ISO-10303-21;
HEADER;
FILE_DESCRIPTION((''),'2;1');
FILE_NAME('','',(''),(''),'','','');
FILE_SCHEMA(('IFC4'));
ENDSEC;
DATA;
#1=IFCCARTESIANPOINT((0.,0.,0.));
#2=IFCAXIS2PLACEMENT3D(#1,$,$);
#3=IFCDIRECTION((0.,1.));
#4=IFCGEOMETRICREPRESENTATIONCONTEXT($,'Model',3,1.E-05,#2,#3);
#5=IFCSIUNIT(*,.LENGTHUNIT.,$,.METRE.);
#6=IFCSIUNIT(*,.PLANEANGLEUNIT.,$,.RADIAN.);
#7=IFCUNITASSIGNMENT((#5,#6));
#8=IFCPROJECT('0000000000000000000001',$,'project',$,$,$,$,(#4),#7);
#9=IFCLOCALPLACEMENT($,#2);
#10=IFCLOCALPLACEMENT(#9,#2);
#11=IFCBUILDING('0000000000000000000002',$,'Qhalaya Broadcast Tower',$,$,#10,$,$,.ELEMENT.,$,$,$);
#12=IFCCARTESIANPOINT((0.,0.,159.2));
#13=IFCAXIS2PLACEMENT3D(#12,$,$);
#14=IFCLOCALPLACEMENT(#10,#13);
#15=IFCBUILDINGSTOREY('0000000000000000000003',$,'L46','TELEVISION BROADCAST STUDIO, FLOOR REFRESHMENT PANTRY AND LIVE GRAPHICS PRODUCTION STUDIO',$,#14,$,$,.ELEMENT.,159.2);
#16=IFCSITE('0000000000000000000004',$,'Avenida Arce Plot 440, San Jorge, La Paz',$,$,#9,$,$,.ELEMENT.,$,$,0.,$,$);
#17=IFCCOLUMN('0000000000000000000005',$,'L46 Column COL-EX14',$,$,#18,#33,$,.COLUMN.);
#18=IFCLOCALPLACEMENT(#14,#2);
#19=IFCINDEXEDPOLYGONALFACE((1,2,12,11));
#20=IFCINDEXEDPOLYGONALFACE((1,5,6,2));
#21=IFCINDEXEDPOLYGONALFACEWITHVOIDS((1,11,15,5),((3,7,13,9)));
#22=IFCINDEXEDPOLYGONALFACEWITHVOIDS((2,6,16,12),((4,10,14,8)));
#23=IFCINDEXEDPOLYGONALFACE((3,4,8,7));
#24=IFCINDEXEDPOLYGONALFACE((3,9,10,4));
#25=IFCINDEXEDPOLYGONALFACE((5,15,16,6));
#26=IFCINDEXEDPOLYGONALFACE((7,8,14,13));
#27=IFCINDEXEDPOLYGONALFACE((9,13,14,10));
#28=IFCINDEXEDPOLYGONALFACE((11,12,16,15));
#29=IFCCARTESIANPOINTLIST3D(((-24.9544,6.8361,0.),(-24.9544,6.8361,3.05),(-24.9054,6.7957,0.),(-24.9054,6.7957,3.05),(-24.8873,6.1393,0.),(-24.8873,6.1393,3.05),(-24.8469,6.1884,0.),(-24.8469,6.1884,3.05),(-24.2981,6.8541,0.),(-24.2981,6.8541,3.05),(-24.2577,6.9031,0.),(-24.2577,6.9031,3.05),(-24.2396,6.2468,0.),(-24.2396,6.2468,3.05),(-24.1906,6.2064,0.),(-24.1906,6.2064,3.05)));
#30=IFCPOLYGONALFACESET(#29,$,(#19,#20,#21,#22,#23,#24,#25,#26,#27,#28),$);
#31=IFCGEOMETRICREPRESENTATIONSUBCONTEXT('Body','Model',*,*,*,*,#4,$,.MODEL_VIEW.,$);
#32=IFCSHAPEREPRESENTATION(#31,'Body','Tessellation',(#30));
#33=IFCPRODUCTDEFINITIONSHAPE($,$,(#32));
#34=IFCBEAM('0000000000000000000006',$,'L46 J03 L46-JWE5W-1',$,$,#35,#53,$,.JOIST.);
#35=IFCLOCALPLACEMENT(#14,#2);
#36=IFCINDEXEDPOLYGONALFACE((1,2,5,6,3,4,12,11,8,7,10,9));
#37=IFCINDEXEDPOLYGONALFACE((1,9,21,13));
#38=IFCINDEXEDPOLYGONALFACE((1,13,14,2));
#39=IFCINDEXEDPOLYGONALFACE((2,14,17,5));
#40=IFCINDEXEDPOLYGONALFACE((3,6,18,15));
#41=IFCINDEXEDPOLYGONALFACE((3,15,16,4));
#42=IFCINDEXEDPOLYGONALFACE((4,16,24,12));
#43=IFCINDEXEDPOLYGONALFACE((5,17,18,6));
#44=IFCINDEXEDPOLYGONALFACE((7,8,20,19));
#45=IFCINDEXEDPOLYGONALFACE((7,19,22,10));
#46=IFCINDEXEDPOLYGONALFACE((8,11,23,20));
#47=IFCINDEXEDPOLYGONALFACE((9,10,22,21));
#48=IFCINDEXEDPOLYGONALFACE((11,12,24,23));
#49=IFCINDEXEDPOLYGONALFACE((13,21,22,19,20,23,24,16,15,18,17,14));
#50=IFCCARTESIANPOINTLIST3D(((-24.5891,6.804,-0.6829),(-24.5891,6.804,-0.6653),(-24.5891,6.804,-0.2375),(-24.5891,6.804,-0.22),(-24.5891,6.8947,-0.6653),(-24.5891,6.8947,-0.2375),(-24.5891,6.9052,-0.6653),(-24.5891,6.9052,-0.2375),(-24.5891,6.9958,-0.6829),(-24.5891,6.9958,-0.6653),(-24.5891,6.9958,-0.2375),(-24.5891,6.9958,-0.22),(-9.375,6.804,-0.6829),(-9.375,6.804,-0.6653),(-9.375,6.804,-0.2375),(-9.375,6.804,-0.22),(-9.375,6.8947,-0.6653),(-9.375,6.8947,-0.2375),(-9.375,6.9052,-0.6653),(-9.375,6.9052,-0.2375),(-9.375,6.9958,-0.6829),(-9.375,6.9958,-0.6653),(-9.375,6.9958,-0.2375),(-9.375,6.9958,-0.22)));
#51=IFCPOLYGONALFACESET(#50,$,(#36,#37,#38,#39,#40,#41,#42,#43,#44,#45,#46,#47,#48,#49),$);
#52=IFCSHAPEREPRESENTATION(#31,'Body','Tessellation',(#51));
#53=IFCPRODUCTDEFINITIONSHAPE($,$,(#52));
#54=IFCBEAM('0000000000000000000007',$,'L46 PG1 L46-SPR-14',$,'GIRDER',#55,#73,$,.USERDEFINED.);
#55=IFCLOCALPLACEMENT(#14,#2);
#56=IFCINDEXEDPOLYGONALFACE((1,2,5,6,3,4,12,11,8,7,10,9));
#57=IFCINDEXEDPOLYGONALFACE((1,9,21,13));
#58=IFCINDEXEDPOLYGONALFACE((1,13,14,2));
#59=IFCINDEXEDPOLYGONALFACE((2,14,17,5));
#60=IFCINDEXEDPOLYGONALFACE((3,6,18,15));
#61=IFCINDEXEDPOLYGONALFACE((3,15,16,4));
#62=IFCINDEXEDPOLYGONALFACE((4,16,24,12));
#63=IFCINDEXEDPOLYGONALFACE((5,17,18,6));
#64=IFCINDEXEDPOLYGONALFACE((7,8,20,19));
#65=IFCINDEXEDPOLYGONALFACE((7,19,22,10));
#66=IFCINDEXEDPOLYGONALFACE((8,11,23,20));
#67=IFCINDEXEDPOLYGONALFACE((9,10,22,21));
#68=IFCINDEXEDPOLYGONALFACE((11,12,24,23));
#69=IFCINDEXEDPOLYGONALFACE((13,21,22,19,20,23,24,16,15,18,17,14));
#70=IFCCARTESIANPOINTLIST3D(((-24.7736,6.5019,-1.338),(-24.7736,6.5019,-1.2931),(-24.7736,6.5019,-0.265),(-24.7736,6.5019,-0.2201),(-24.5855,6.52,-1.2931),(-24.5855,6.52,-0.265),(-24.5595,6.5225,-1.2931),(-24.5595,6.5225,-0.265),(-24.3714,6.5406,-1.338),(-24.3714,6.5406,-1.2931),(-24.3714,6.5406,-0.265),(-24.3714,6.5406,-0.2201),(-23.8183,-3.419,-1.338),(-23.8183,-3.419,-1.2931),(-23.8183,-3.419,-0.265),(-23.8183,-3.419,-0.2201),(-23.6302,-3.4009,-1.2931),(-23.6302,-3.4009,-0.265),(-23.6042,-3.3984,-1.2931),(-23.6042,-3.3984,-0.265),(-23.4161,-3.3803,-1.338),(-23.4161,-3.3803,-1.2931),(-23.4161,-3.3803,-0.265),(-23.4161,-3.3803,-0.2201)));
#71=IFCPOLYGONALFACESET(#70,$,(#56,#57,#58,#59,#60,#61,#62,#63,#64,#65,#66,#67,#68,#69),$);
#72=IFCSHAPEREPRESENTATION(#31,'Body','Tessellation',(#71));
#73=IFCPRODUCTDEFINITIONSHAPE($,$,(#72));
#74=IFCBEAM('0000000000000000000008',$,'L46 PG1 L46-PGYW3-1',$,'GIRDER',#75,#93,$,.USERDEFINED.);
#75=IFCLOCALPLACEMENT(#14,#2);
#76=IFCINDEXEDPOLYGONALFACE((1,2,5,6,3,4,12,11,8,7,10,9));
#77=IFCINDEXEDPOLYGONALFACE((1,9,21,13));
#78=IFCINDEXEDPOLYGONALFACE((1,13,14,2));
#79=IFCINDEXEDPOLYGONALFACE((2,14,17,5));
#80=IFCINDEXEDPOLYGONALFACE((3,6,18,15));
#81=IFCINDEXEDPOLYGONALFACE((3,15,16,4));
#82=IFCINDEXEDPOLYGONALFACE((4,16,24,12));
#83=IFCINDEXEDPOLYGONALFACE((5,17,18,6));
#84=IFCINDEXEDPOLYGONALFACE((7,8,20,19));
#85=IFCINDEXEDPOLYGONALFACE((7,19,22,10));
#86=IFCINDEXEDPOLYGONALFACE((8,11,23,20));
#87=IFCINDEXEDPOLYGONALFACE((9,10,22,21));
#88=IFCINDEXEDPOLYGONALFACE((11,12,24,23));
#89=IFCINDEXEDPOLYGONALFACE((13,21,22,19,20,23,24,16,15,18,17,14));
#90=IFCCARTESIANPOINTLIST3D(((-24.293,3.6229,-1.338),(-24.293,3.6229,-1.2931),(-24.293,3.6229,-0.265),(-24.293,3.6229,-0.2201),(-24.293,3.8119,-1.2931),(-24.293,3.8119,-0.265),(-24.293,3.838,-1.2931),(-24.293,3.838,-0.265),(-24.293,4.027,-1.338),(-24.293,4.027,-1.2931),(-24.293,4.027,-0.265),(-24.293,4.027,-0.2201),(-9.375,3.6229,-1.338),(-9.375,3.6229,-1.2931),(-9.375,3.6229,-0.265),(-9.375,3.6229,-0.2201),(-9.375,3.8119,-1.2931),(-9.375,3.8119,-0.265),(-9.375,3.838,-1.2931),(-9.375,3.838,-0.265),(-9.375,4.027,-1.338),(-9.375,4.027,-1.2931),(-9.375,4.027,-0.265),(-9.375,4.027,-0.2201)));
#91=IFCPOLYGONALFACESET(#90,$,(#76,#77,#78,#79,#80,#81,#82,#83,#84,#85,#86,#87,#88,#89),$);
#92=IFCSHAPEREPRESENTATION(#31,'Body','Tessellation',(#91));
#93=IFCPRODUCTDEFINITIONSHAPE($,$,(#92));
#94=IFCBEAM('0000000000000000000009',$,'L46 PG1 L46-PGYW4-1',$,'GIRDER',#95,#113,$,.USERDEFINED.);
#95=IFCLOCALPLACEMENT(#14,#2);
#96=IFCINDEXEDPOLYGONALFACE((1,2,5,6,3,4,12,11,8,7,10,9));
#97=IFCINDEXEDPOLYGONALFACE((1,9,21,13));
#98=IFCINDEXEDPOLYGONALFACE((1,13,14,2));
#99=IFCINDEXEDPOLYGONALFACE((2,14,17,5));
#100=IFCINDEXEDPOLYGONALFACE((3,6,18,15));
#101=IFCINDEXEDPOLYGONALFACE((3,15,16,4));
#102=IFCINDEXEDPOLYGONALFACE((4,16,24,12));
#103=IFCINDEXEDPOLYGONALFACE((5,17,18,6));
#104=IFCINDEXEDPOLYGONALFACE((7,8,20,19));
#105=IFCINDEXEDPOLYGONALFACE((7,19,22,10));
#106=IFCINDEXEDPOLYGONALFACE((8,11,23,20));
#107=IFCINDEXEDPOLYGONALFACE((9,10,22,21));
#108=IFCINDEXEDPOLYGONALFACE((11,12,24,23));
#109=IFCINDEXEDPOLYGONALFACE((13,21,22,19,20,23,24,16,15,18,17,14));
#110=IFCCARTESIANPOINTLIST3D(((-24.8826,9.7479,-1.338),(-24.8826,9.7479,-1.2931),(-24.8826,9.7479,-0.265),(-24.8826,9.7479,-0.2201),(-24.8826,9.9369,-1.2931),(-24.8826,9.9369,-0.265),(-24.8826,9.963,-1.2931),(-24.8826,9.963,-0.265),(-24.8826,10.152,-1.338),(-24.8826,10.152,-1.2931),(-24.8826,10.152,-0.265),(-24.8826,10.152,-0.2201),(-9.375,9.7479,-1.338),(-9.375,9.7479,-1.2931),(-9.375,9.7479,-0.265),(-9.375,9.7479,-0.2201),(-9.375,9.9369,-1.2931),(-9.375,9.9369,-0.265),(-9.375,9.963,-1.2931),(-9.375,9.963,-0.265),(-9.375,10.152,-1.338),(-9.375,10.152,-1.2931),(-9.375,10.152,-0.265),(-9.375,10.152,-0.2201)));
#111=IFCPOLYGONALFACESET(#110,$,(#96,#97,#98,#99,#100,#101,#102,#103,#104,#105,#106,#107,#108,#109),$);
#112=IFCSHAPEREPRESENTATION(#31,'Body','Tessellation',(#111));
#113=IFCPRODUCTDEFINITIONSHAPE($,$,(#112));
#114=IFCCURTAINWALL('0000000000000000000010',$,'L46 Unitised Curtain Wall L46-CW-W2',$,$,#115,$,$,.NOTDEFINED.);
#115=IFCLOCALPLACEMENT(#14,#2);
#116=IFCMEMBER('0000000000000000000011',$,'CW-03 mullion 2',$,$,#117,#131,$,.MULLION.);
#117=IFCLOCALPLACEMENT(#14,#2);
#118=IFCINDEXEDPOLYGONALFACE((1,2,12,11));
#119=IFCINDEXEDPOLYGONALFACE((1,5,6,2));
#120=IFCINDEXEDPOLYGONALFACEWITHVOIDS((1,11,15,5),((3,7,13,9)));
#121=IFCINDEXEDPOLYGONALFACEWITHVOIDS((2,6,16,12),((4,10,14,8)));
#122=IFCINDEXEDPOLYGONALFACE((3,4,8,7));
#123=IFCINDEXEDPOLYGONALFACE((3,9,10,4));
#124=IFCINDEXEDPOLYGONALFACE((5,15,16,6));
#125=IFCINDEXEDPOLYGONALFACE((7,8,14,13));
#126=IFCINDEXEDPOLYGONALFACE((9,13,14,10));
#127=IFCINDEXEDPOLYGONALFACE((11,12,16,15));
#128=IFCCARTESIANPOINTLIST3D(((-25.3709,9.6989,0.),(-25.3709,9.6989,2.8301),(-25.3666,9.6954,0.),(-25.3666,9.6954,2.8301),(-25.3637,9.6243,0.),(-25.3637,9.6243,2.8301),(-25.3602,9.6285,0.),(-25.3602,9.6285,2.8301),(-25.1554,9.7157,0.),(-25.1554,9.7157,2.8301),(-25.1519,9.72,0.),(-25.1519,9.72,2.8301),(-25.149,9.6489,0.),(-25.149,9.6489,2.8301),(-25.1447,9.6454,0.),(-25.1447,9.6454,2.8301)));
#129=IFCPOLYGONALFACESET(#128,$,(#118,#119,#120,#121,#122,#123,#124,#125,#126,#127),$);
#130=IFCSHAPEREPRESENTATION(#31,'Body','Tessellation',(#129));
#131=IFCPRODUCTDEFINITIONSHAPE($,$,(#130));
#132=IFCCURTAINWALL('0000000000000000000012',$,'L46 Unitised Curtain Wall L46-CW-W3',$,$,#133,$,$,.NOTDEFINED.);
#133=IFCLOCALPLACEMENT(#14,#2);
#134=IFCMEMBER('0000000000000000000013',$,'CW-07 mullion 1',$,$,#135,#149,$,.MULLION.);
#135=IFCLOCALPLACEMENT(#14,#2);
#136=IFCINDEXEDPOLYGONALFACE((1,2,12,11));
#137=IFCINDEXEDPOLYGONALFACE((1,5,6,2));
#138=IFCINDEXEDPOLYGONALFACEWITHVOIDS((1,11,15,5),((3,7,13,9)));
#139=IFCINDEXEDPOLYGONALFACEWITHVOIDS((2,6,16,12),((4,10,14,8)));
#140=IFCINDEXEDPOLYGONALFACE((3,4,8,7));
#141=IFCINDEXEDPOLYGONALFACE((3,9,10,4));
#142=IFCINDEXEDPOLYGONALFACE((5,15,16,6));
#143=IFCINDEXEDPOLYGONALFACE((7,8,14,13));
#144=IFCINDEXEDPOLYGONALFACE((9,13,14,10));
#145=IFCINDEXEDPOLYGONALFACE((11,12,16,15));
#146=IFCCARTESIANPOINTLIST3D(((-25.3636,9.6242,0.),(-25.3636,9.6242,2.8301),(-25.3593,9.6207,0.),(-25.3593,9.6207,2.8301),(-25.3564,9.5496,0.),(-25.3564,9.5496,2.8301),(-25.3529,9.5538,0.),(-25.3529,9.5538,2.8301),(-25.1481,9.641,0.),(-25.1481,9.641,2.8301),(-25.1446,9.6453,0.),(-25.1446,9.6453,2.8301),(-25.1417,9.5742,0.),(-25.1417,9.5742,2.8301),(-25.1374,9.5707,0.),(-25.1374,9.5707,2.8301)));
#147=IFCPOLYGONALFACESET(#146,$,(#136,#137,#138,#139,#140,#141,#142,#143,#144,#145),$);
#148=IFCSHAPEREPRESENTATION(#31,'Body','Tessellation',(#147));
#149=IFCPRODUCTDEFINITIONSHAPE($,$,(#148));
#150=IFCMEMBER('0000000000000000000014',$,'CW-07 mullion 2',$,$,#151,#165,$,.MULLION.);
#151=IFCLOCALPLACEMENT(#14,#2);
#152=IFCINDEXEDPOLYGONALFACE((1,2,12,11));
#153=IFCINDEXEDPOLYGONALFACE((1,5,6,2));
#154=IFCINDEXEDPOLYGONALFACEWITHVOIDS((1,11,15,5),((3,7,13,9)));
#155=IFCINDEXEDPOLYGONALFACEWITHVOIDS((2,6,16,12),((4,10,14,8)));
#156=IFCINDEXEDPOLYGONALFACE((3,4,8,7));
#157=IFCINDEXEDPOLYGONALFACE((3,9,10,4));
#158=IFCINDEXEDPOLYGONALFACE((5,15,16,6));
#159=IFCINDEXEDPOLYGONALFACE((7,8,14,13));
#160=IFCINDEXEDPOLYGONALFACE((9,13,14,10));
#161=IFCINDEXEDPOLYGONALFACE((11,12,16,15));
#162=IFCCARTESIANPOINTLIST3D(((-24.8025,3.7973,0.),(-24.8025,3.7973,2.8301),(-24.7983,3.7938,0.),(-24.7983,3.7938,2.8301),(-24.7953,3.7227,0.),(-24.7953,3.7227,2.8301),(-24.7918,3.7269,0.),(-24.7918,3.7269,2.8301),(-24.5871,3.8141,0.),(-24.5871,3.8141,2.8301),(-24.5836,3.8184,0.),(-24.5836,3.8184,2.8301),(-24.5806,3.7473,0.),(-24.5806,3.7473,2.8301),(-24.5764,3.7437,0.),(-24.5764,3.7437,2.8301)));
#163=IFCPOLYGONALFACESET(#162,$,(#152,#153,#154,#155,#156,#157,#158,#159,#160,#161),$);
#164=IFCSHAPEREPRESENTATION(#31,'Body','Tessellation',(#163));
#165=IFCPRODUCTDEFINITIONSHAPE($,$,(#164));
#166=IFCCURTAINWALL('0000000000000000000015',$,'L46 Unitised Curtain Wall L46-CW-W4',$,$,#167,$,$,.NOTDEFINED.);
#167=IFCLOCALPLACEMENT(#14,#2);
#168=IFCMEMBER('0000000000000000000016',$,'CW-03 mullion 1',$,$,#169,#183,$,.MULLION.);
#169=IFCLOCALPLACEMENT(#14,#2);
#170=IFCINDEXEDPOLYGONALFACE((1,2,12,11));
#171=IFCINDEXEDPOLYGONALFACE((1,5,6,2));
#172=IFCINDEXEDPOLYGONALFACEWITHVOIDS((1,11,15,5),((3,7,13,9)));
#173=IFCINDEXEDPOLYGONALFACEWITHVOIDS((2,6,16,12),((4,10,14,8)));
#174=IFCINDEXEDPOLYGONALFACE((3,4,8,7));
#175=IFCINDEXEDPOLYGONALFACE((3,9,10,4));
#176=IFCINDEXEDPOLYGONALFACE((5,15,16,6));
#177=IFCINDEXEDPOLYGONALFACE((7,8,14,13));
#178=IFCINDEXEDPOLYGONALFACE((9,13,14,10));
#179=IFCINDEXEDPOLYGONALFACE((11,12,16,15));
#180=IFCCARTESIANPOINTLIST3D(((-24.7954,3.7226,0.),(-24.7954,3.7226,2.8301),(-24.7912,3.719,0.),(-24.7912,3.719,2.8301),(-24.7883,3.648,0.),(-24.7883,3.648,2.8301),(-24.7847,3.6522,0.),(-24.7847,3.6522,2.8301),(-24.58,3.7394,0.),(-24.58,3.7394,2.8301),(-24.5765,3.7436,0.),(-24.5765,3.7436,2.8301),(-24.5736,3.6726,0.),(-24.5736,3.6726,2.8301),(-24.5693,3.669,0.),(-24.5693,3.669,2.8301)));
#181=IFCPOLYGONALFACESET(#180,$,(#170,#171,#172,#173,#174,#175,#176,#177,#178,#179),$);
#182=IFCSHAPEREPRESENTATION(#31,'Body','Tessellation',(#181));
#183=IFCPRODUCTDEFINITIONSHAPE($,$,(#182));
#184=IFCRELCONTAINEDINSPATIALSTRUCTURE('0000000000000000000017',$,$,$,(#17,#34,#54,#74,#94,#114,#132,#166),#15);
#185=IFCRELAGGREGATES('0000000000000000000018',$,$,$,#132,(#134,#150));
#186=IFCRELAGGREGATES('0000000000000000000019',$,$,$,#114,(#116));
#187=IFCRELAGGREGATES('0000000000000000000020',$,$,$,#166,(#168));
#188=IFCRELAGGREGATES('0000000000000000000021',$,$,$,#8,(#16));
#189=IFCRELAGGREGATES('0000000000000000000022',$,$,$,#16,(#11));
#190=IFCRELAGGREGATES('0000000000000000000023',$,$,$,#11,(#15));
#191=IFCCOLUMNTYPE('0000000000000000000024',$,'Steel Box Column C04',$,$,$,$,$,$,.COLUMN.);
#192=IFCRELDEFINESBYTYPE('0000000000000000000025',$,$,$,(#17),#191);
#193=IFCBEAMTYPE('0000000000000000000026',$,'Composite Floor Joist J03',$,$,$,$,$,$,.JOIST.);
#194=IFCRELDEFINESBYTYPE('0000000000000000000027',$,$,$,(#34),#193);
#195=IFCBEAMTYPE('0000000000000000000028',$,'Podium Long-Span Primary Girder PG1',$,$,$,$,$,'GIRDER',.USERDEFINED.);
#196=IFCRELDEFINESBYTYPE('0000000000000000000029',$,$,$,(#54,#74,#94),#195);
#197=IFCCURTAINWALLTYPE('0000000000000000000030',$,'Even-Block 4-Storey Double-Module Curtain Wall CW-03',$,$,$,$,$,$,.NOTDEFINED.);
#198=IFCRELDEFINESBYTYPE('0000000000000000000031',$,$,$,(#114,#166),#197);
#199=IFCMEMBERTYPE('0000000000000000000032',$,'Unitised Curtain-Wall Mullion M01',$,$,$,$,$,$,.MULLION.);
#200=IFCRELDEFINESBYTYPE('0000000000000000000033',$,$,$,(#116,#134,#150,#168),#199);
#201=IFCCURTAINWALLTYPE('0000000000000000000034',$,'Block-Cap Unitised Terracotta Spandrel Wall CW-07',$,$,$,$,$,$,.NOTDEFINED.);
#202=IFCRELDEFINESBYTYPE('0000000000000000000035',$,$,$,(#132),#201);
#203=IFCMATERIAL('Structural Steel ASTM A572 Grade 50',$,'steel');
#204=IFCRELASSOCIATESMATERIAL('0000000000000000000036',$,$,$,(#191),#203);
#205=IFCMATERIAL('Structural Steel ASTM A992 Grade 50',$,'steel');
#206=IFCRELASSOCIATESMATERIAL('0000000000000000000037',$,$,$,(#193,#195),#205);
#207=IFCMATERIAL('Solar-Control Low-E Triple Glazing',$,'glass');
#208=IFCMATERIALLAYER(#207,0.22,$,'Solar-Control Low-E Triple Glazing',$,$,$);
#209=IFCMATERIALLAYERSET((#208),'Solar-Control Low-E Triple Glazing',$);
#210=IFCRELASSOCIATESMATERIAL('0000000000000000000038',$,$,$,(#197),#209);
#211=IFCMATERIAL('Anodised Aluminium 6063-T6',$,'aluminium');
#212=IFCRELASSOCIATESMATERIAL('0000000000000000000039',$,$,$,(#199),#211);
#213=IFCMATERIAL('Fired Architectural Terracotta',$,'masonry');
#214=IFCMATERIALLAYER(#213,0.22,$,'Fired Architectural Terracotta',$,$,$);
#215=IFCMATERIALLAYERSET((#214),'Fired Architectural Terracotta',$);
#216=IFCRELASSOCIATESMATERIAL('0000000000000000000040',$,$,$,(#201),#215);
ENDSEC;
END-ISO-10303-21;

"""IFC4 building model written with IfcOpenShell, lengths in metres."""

from ifc_helpers import new_model, si_unit, direction, frame, origin, origin_2d, place, context, subcontext, project, spatial, hollow_rectangle, i_section, extrude, material, layer, layer_set, material_profile, profile_set, type_object, element, aggregate, save


model = new_model("IFC4")

# Units and contexts
model_context = context("Model", 3, precision=1e-05, world=origin(), true_north=direction((0.0, 1.0)))
body_context = subcontext(model_context, "Body", "Model", "MODEL_VIEW")
ifc_project = project(units=[si_unit("LENGTHUNIT", "METRE"), si_unit("PLANEANGLEUNIT", "RADIAN")], contexts=[model_context])

# Site, building, storey
site_placement = place(None, origin())
site = spatial("IfcSite", under=ifc_project, at=site_placement, Name="Avenida Arce Plot 440, San Jorge, La Paz", CompositionType="ELEMENT", RefElevation=0.0)
building_placement = place(site_placement, origin())
building = spatial("IfcBuilding", under=site, at=building_placement, Name="Qhalaya Broadcast Tower", CompositionType="ELEMENT")
storey_placement = place(building_placement, frame((0.0, 0.0, 159.2)))
storey = spatial("IfcBuildingStorey", under=building, at=storey_placement, Name="L46", Description="TELEVISION BROADCAST STUDIO, FLOOR REFRESHMENT PANTRY AND LIVE GRAPHICS PRODUCTION STUDIO", CompositionType="ELEMENT", Elevation=159.2)

# Column
ifc_material_1 = material(Name="Structural Steel ASTM A572 Grade 50", Category="steel")
ifc_material_profile_1 = material_profile(ifc_material_1, hollow_rectangle(XDim=0.7, YDim=0.7, WallThickness=0.0449, at=origin_2d()), Name="BOX 700x700x45")
ifc_profile_set_1 = profile_set([ifc_material_profile_1], Name="Structural Steel ASTM A572 Grade 50")
column_type = type_object("IfcColumnType", Name="Steel Box Column C04", PredefinedType="COLUMN", material=ifc_profile_set_1)
column_placement = place(storey_placement, frame((-24.5725, 6.5212, 0.0), z_axis=(0.0, 0.0, 1.0), x_axis=(-0.095846, 0.995396, 0.0)))
element("IfcColumn", 1, at=column_placement, inside=storey, type_object=column_type, Name="L46 Column COL-EX14", PredefinedType="COLUMN", context=body_context, shape_type="SweptSolid", body=[
    extrude(hollow_rectangle(XDim=0.7, YDim=0.7, WallThickness=0.0449, at=origin_2d()), origin(), (0.0, 0.0, 1.0), 3.05),
])

# Beams
ifc_material_2 = material(Name="Structural Steel ASTM A992 Grade 50", Category="steel")
ifc_material_profile_2 = material_profile(ifc_material_2, i_section(OverallWidth=0.1919, OverallDepth=0.4629, WebThickness=0.0105, FlangeThickness=0.0176, at=origin_2d()), Name="W18X60")
ifc_profile_set_2 = profile_set([ifc_material_profile_2], Name="Structural Steel ASTM A992 Grade 50")
beam_type_1 = type_object("IfcBeamType", Name="Composite Floor Joist J03", PredefinedType="JOIST", material=ifc_profile_set_2)
beam_1_placement = place(storey_placement, frame((-24.5891, 6.8999, -0.4514), z_axis=(1.0, 0.0, 0.0), x_axis=(0.0, 1.0, 0.0)))
element("IfcBeam", 2, at=beam_1_placement, inside=storey, type_object=beam_type_1, Name="L46 J03 L46-JWE5W-1", PredefinedType="JOIST", context=body_context, shape_type="SweptSolid", body=[
    extrude(i_section(OverallWidth=0.1919, OverallDepth=0.4629, WebThickness=0.0105, FlangeThickness=0.0176, at=origin_2d()), origin(), (0.0, 0.0, 1.0), 15.2141),
])
ifc_material_profile_3 = material_profile(ifc_material_2, i_section(OverallWidth=0.4041, OverallDepth=1.1179, WebThickness=0.0261, FlangeThickness=0.0449, at=origin_2d()), Name="W44X335")
ifc_profile_set_3 = profile_set([ifc_material_profile_3], Name="Structural Steel ASTM A992 Grade 50")
beam_type_2 = type_object("IfcBeamType", Name="Podium Long-Span Primary Girder PG1", ElementType="GIRDER", PredefinedType="USERDEFINED", material=ifc_profile_set_3)
beam_2_placement = place(storey_placement, frame((-24.5725, 6.5212, -0.7791), z_axis=(0.095851, -0.995396, 0.0), x_axis=(0.995396, 0.095851, 0.0)))
element("IfcBeam", 3, at=beam_2_placement, inside=storey, type_object=beam_type_2, Name="L46 PG1 L46-SPR-14", ObjectType="GIRDER", PredefinedType="USERDEFINED", context=body_context, shape_type="SweptSolid", body=[
    extrude(i_section(OverallWidth=0.4041, OverallDepth=1.1179, WebThickness=0.0261, FlangeThickness=0.0449, at=origin_2d()), origin(), (0.0, 0.0, 1.0), 9.9668),
])
beam_3_placement = place(storey_placement, frame((-24.293, 3.825, -0.7791), z_axis=(1.0, 0.0, 0.0), x_axis=(0.0, 1.0, 0.0)))
element("IfcBeam", 4, at=beam_3_placement, inside=storey, type_object=beam_type_2, Name="L46 PG1 L46-PGYW3-1", ObjectType="GIRDER", PredefinedType="USERDEFINED", context=body_context, shape_type="SweptSolid", body=[
    extrude(i_section(OverallWidth=0.4041, OverallDepth=1.1179, WebThickness=0.0261, FlangeThickness=0.0449, at=origin_2d()), origin(), (0.0, 0.0, 1.0), 14.918),
])
beam_4_placement = place(storey_placement, frame((-24.8826, 9.95, -0.7791), z_axis=(1.0, 0.0, 0.0), x_axis=(0.0, 1.0, 0.0)))
element("IfcBeam", 5, at=beam_4_placement, inside=storey, type_object=beam_type_2, Name="L46 PG1 L46-PGYW4-1", ObjectType="GIRDER", PredefinedType="USERDEFINED", context=body_context, shape_type="SweptSolid", body=[
    extrude(i_section(OverallWidth=0.4041, OverallDepth=1.1179, WebThickness=0.0261, FlangeThickness=0.0449, at=origin_2d()), origin(), (0.0, 0.0, 1.0), 15.5076),
])

# Curtain wall, member
ifc_material_3 = material(Name="Solar-Control Low-E Triple Glazing", Category="glass")
ifc_layer_1 = layer(ifc_material_3, 0.22, Name="Solar-Control Low-E Triple Glazing")
ifc_layer_set_1 = layer_set([ifc_layer_1], Name="Solar-Control Low-E Triple Glazing")
curtain_wall_type_1 = type_object("IfcCurtainWallType", Name="Even-Block 4-Storey Double-Module Curtain Wall CW-03", PredefinedType="NOTDEFINED", material=ifc_layer_set_1)
curtain_wall_1_placement = place(storey_placement, origin())
curtain_wall_1 = element("IfcCurtainWall", 6, at=curtain_wall_1_placement, inside=storey, type_object=curtain_wall_type_1, Name="L46 Unitised Curtain Wall L46-CW-W2", PredefinedType="NOTDEFINED")
ifc_material_4 = material(Name="Anodised Aluminium 6063-T6", Category="aluminium")
ifc_material_profile_4 = material_profile(ifc_material_4, hollow_rectangle(XDim=0.075, YDim=0.22, WallThickness=0.0039, at=origin_2d()), Name="ALU-MUL 75x220x4")
ifc_profile_set_4 = profile_set([ifc_material_profile_4], Name="Anodised Aluminium 6063-T6")
member_type_1 = type_object("IfcMemberType", Name="Unitised Curtain-Wall Mullion M01", PredefinedType="MULLION", material=ifc_profile_set_4)
member_1_placement = place(storey_placement, frame((-25.2578, 9.6721, 0.0), z_axis=(0.0, 0.0, 1.0), x_axis=(0.09583, -0.995398, 0.0)))
member_1 = element("IfcMember", 7, at=member_1_placement, type_object=member_type_1, Name="CW-03 mullion 2", PredefinedType="MULLION", context=body_context, shape_type="SweptSolid", body=[
    extrude(hollow_rectangle(XDim=0.075, YDim=0.22, WallThickness=0.0039, at=origin_2d()), origin(), (0.0, 0.0, 1.0), 2.8301),
])

# Curtain walls, members
ifc_material_5 = material(Name="Fired Architectural Terracotta", Category="masonry")
ifc_layer_2 = layer(ifc_material_5, 0.22, Name="Fired Architectural Terracotta")
ifc_layer_set_2 = layer_set([ifc_layer_2], Name="Fired Architectural Terracotta")
curtain_wall_type_2 = type_object("IfcCurtainWallType", Name="Block-Cap Unitised Terracotta Spandrel Wall CW-07", PredefinedType="NOTDEFINED", material=ifc_layer_set_2)
curtain_wall_2_placement = place(storey_placement, origin())
curtain_wall_2 = element("IfcCurtainWall", 8, at=curtain_wall_2_placement, inside=storey, type_object=curtain_wall_type_2, Name="L46 Unitised Curtain Wall L46-CW-W3", PredefinedType="NOTDEFINED")
member_2_placement = place(storey_placement, frame((-25.2505, 9.5974, 0.0), z_axis=(0.0, 0.0, 1.0), x_axis=(0.095851, -0.995396, 0.0)))
member_2 = element("IfcMember", 9, at=member_2_placement, type_object=member_type_1, Name="CW-07 mullion 1", PredefinedType="MULLION", context=body_context, shape_type="SweptSolid", body=[
    extrude(hollow_rectangle(XDim=0.075, YDim=0.22, WallThickness=0.0039, at=origin_2d()), origin(), (0.0, 0.0, 1.0), 2.8301),
])
member_3_placement = place(storey_placement, frame((-24.6895, 3.7705, 0.0), z_axis=(0.0, 0.0, 1.0), x_axis=(0.095851, -0.995396, 0.0)))
member_3 = element("IfcMember", 10, at=member_3_placement, type_object=member_type_1, Name="CW-07 mullion 2", PredefinedType="MULLION", context=body_context, shape_type="SweptSolid", body=[
    extrude(hollow_rectangle(XDim=0.075, YDim=0.22, WallThickness=0.0039, at=origin_2d()), origin(), (0.0, 0.0, 1.0), 2.8301),
])
curtain_wall_3_placement = place(storey_placement, origin())
curtain_wall_3 = element("IfcCurtainWall", 11, at=curtain_wall_3_placement, inside=storey, type_object=curtain_wall_type_1, Name="L46 Unitised Curtain Wall L46-CW-W4", PredefinedType="NOTDEFINED")
member_4_placement = place(storey_placement, frame((-24.6824, 3.6958, 0.0), z_axis=(0.0, 0.0, 1.0), x_axis=(0.095855, -0.995395, 0.0)))
member_4 = element("IfcMember", 12, at=member_4_placement, type_object=member_type_1, Name="CW-03 mullion 1", PredefinedType="MULLION", context=body_context, shape_type="SweptSolid", body=[
    extrude(hollow_rectangle(XDim=0.075, YDim=0.22, WallThickness=0.0039, at=origin_2d()), origin(), (0.0, 0.0, 1.0), 2.8301),
])

aggregate(curtain_wall_2, [member_2, member_3])
aggregate(curtain_wall_1, [member_1])
aggregate(curtain_wall_3, [member_4])

save(model, "model.ifc")
